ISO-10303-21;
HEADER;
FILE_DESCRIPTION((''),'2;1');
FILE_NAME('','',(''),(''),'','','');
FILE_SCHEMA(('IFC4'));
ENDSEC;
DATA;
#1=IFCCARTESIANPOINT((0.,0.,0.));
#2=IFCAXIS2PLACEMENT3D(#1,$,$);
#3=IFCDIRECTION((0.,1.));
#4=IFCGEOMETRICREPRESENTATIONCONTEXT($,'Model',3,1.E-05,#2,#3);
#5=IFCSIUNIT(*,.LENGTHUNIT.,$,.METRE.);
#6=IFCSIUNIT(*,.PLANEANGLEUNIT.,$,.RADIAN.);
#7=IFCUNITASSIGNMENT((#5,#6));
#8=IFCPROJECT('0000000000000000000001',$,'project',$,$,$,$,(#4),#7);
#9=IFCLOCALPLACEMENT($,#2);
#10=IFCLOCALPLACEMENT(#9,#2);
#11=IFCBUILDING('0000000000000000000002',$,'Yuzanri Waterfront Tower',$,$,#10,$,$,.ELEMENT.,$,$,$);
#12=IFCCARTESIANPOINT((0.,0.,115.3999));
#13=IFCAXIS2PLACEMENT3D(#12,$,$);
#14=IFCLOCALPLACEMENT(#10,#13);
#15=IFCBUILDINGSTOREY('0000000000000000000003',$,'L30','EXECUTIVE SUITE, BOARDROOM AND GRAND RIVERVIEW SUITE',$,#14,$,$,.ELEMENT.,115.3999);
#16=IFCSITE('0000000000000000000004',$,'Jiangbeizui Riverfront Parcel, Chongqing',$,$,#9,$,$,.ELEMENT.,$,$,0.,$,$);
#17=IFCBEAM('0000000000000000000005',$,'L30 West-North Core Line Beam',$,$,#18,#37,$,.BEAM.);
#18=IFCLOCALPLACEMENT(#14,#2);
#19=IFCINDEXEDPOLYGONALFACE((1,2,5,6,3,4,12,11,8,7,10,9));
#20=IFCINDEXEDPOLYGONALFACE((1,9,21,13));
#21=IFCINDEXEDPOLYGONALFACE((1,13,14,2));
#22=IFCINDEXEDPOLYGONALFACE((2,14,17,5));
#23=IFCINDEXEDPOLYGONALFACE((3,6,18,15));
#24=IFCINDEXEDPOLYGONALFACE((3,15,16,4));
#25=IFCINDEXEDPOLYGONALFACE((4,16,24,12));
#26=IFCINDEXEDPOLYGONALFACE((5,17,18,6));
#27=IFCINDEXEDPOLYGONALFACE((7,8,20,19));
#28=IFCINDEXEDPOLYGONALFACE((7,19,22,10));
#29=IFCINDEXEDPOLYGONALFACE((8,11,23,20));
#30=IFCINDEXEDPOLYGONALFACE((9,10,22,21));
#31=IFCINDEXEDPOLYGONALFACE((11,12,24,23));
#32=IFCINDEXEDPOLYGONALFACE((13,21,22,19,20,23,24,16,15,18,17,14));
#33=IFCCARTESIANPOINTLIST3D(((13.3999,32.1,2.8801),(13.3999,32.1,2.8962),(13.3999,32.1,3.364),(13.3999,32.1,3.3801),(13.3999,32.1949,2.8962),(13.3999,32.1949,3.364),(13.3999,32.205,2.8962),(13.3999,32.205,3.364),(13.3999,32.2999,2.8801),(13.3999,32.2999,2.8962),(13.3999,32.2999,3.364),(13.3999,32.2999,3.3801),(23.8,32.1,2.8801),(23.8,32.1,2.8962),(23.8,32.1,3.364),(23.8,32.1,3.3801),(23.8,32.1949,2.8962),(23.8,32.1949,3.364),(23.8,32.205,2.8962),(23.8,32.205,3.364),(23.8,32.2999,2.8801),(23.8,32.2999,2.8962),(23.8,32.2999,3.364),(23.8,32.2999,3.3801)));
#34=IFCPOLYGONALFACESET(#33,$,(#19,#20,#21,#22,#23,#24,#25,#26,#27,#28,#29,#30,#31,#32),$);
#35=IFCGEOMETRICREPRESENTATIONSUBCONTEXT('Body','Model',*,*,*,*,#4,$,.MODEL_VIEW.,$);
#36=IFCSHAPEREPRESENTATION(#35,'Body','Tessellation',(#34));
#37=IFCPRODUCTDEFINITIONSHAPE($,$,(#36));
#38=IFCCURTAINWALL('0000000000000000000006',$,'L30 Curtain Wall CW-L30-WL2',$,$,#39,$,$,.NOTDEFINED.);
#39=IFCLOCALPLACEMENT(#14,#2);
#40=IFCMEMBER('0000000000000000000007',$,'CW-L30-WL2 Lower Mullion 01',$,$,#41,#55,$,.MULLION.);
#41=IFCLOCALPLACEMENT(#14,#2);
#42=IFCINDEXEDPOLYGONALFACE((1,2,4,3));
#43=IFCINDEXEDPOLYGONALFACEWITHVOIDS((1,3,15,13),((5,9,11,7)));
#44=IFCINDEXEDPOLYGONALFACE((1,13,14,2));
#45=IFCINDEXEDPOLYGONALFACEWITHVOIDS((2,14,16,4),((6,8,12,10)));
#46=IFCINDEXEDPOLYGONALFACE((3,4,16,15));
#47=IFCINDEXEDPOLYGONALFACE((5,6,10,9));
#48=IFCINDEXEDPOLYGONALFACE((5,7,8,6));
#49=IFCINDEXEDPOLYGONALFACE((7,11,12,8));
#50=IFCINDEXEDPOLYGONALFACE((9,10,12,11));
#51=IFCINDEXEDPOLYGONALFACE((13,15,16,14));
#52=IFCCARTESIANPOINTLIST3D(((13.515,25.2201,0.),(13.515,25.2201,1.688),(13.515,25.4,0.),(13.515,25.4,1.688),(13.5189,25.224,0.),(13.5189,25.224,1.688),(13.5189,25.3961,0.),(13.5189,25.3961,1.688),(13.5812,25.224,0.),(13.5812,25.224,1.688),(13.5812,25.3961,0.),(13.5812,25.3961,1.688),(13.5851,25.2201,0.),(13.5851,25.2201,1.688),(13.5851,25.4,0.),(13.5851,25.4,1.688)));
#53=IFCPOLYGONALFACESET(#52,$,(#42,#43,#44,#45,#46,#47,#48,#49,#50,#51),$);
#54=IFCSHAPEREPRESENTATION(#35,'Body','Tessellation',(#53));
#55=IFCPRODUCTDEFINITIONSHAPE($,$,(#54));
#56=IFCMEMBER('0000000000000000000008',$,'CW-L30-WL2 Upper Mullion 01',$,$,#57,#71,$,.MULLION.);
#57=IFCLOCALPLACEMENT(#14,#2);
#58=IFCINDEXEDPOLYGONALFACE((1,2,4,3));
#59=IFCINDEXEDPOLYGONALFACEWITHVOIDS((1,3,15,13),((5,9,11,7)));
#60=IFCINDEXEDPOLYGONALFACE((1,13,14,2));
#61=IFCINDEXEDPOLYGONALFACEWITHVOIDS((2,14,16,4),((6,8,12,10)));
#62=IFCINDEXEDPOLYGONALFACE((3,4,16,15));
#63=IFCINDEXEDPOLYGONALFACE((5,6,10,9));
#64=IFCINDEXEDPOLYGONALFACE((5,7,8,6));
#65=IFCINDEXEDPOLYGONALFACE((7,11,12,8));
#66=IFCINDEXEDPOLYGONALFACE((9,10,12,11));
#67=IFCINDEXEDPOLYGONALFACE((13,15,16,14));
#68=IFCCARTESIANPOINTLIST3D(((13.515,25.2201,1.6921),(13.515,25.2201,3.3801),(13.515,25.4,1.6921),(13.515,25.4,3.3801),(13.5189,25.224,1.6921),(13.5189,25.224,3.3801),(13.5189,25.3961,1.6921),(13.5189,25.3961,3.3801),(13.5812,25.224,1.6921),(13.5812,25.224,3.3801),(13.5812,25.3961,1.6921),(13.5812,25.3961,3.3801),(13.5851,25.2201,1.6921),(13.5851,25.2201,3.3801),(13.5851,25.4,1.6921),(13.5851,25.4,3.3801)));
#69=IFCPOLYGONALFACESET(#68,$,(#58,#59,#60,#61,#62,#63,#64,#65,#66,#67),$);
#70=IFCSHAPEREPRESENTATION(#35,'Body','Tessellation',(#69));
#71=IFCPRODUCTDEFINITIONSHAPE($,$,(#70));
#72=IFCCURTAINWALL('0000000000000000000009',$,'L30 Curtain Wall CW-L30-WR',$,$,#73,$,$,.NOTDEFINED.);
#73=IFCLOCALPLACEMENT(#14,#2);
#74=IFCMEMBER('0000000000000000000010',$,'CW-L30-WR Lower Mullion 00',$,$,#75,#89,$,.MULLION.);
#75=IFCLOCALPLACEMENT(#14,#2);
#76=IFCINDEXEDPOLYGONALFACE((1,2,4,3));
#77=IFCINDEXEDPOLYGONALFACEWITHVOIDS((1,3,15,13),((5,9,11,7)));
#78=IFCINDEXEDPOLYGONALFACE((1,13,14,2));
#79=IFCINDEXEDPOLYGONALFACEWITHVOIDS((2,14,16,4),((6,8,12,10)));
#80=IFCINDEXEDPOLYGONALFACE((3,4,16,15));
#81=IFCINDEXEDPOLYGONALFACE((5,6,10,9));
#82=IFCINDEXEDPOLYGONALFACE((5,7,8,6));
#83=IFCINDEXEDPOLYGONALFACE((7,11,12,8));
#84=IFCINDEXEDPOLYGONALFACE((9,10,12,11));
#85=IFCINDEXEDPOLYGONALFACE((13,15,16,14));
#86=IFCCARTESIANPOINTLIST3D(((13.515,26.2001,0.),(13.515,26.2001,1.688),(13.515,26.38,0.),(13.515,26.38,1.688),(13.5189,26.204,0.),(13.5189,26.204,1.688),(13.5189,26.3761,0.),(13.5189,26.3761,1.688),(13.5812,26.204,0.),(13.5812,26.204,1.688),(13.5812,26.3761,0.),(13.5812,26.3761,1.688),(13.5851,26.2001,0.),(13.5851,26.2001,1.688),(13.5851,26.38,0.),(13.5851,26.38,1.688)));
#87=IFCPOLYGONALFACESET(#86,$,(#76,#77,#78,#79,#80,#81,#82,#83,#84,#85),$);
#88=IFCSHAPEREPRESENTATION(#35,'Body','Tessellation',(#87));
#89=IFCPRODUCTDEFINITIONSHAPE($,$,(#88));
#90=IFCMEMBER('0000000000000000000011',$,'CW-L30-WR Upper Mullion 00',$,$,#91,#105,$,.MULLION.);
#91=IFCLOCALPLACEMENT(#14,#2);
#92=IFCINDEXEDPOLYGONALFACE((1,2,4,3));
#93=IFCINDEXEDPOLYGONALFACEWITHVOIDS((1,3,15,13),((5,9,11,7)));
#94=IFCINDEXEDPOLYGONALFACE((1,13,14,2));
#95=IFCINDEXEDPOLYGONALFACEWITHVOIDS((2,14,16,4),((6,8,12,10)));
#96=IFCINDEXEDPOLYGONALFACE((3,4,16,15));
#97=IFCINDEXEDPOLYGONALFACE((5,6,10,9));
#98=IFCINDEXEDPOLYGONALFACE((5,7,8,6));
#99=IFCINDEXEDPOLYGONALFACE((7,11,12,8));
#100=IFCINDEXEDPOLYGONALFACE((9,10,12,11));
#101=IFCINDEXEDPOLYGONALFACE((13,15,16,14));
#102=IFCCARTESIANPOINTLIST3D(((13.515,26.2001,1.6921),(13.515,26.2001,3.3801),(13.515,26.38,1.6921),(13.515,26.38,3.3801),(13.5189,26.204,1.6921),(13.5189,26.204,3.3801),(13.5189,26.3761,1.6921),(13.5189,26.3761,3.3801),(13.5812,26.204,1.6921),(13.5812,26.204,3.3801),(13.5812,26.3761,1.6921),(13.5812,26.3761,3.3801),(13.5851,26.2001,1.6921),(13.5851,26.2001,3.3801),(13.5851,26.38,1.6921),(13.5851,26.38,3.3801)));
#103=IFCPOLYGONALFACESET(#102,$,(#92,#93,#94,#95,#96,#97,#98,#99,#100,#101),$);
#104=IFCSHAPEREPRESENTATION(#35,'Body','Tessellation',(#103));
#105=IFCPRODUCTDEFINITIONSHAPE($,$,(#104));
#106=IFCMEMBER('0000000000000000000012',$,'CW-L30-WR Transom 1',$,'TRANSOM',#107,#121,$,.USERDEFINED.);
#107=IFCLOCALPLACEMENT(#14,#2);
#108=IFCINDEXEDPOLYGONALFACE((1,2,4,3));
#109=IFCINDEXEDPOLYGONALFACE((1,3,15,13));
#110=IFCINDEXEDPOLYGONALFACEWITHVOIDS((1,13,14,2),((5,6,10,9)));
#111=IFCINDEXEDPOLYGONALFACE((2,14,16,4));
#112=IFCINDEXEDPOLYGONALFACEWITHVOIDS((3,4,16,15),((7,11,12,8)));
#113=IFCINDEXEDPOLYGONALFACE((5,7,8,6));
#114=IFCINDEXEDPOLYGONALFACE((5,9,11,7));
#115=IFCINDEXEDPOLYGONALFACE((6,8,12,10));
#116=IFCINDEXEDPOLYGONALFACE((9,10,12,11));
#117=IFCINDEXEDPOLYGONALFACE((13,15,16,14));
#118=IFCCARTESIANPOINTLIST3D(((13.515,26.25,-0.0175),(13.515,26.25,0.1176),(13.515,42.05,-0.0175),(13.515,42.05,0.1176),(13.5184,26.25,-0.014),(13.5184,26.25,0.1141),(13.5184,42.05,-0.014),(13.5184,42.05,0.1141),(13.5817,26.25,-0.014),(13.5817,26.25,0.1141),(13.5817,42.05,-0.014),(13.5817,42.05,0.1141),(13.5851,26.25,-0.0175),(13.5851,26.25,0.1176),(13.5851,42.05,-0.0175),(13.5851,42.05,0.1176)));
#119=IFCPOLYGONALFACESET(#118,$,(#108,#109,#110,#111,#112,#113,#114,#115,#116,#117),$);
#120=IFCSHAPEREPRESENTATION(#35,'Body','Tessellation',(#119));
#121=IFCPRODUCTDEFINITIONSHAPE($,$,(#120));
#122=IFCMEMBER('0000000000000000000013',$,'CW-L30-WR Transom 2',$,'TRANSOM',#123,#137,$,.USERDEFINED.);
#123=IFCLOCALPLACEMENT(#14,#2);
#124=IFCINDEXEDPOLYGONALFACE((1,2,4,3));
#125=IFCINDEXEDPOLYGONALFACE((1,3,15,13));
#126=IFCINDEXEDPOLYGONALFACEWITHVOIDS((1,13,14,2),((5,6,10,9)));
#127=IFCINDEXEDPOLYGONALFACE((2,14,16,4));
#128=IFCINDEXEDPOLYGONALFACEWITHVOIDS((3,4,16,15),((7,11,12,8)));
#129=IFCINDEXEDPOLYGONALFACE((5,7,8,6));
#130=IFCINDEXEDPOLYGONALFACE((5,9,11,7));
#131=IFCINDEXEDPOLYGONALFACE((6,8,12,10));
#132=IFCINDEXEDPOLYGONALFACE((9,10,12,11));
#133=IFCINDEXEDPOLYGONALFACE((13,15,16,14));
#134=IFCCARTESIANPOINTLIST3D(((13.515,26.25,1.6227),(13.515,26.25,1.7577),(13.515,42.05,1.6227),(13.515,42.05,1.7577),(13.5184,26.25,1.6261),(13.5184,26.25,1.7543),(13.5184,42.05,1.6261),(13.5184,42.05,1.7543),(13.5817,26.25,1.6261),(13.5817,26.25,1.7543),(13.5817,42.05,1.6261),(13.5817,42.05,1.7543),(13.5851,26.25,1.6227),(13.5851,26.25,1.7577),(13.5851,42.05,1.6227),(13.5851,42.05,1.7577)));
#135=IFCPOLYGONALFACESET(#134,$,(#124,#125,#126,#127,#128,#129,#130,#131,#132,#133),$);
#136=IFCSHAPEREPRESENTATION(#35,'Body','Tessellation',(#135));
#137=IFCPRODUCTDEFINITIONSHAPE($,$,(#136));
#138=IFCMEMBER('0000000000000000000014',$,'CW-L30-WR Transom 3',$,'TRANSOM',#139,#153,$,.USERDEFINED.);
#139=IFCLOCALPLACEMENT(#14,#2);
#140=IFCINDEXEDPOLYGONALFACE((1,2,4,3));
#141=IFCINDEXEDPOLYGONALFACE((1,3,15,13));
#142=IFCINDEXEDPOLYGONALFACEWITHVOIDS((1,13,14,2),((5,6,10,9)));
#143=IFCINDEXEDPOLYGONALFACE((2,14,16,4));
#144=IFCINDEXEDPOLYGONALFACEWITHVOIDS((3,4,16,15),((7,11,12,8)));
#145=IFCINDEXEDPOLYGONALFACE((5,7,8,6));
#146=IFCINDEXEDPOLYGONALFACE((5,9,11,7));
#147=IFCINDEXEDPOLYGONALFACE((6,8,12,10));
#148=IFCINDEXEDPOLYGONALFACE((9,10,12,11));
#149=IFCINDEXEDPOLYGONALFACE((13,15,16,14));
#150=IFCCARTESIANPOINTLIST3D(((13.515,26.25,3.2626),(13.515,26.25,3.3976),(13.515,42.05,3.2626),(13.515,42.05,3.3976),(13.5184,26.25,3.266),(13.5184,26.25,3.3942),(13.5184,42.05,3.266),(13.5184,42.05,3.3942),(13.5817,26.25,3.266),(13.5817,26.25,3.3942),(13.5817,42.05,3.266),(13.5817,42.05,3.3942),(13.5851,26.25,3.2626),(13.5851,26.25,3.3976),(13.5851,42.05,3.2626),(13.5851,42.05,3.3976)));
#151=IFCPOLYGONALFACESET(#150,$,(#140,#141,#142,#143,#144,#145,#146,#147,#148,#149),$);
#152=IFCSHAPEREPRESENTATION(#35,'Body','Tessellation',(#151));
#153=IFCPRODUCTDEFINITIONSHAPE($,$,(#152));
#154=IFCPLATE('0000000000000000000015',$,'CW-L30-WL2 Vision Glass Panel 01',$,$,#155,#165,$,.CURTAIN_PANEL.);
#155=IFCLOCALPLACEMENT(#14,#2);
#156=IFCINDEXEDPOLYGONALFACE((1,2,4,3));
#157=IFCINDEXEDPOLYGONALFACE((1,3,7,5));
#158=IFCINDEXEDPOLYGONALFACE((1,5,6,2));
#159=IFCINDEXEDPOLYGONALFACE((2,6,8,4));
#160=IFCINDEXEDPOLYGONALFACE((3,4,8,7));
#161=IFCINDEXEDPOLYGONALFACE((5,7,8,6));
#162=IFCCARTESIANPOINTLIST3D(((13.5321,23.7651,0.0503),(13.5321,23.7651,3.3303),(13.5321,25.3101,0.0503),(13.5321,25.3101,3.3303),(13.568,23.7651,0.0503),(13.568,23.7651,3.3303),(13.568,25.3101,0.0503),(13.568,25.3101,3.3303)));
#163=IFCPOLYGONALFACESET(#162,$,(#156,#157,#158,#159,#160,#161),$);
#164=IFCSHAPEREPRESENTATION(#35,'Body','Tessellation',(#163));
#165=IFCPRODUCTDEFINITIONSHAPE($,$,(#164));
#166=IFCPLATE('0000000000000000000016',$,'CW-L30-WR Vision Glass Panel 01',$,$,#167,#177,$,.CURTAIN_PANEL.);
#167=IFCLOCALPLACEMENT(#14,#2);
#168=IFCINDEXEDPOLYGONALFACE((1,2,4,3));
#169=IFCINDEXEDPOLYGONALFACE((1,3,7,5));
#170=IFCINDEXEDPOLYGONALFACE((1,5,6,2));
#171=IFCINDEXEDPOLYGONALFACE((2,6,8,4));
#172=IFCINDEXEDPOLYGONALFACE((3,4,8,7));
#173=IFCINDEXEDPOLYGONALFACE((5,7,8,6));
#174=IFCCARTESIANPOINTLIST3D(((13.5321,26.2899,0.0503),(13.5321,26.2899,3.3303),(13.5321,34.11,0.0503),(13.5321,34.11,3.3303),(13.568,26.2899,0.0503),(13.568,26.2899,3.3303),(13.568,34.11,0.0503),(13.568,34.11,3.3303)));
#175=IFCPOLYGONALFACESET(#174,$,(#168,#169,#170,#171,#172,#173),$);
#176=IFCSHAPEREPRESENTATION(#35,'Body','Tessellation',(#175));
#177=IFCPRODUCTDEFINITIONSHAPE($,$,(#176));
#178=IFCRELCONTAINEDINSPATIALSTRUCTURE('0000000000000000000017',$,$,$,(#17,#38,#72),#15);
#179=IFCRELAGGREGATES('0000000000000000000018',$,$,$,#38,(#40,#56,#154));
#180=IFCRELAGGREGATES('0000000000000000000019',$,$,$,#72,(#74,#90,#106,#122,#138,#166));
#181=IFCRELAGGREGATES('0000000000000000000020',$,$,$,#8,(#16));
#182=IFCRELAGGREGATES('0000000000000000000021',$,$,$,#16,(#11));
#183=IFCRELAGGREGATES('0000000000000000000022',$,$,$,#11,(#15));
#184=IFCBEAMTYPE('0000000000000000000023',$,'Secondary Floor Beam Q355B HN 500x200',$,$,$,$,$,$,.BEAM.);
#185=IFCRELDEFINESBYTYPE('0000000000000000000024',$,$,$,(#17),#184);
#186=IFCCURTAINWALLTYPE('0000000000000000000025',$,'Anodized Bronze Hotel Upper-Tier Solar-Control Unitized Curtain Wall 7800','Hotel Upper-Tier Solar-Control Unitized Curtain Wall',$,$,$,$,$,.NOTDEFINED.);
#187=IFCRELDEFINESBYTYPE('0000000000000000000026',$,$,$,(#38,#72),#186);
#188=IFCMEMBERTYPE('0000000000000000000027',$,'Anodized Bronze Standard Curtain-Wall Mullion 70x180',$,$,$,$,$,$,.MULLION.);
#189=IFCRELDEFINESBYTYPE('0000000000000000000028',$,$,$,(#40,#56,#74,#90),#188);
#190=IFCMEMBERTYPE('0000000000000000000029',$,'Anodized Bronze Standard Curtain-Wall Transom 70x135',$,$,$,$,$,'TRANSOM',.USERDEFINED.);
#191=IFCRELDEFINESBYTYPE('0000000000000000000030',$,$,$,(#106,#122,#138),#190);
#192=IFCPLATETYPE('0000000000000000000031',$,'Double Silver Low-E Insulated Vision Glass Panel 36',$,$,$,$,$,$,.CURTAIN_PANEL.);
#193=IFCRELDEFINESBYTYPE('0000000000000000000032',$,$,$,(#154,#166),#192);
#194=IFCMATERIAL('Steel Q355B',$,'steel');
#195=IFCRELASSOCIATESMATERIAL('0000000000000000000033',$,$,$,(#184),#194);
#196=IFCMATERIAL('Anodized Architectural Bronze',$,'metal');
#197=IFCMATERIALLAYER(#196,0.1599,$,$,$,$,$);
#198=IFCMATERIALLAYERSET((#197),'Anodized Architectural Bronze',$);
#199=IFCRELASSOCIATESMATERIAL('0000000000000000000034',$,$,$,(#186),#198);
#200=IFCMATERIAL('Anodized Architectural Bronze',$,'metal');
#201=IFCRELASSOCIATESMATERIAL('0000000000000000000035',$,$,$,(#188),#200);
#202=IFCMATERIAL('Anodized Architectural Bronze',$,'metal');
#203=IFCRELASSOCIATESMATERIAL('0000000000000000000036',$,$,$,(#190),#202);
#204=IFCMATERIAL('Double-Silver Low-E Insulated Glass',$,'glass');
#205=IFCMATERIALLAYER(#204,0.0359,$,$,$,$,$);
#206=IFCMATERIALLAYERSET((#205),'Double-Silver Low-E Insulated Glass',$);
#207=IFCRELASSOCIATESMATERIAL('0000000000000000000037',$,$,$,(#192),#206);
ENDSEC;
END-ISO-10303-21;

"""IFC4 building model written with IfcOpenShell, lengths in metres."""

from ifc_helpers import new_model, si_unit, direction, frame, origin, origin_2d, place, context, subcontext, project, spatial, rectangle, hollow_rectangle, i_section, extrude, source, transform, mapped, material, layer, layer_set, material_profile, profile_set, type_object, element, aggregate, save


model = new_model("IFC4")

# Units and contexts
model_context = context("Model", 3, precision=1e-05, world=origin(), true_north=direction((0.0, 1.0)))
body_context = subcontext(model_context, "Body", "Model", "MODEL_VIEW")
ifc_project = project(units=[si_unit("LENGTHUNIT", "METRE"), si_unit("PLANEANGLEUNIT", "RADIAN")], contexts=[model_context])

# Site, building, storey
site_placement = place(None, origin())
site = spatial("IfcSite", under=ifc_project, at=site_placement, Name="Jiangbeizui Riverfront Parcel, Chongqing", CompositionType="ELEMENT", RefElevation=0.0)
building_placement = place(site_placement, origin())
building = spatial("IfcBuilding", under=site, at=building_placement, Name="Yuzanri Waterfront Tower", CompositionType="ELEMENT")
storey_placement = place(building_placement, frame((0.0, 0.0, 115.3999)))
storey = spatial("IfcBuildingStorey", under=building, at=storey_placement, Name="L30", Description="EXECUTIVE SUITE, BOARDROOM AND GRAND RIVERVIEW SUITE", CompositionType="ELEMENT", Elevation=115.3999)

# Beam
ifc_material_1 = material(Name="Steel Q355B", Category="steel")
ifc_material_profile_1 = material_profile(ifc_material_1, i_section(OverallWidth=0.2, OverallDepth=0.5, WebThickness=0.01, FlangeThickness=0.0161, at=origin_2d()), Name="HN 500x200x10x16")
ifc_profile_set_1 = profile_set([ifc_material_profile_1], Name="Steel Q355B")
beam_type_1 = type_object("IfcBeamType", Name="Secondary Floor Beam Q355B HN 500x200", PredefinedType="BEAM", material=ifc_profile_set_1)
shared_shape_1 = source(origin(), body_context, "Body", "SweptSolid", [
    extrude(i_section(OverallWidth=0.2, OverallDepth=0.5, WebThickness=0.01, FlangeThickness=0.0161, at=origin_2d()), origin(), (0.0, 0.0, 1.0), 10.4001),
])
beam_1_placement = place(storey_placement, frame((23.8, 32.2, 3.1301), z_axis=(-1.0, 0.0, 0.0), x_axis=(0.0, -1.0, 0.0)))
element("IfcBeam", 1, at=beam_1_placement, inside=storey, type_object=beam_type_1, Name="L30 West-North Core Line Beam", PredefinedType="BEAM", context=body_context, shape_type="MappedRepresentation", body=[
    mapped(shared_shape_1, transform((0.0, 0.0, 0.0), scale=1.0)),
])

# Curtain walls, members
ifc_material_2 = material(Name="Anodized Architectural Bronze", Category="metal")
ifc_layer_1 = layer(ifc_material_2, 0.1599)
ifc_layer_set_1 = layer_set([ifc_layer_1], Name="Anodized Architectural Bronze")
curtain_wall_type = type_object("IfcCurtainWallType", Name="Anodized Bronze Hotel Upper-Tier Solar-Control Unitized Curtain Wall 7800", Description="Hotel Upper-Tier Solar-Control Unitized Curtain Wall", PredefinedType="NOTDEFINED", material=ifc_layer_set_1)
curtain_wall_1_placement = place(storey_placement, origin())
curtain_wall_1 = element("IfcCurtainWall", 2, at=curtain_wall_1_placement, inside=storey, type_object=curtain_wall_type, Name="L30 Curtain Wall CW-L30-WL2", PredefinedType="NOTDEFINED")
ifc_material_3 = material(Name="Anodized Architectural Bronze", Category="metal")
ifc_material_profile_2 = material_profile(ifc_material_3, hollow_rectangle(XDim=0.0701, YDim=0.1799, WallThickness=0.0039, at=origin_2d()), Name="CWM 70x180")
ifc_profile_set_2 = profile_set([ifc_material_profile_2], Name="Anodized Architectural Bronze")
member_type_1 = type_object("IfcMemberType", Name="Anodized Bronze Standard Curtain-Wall Mullion 70x180", PredefinedType="MULLION", material=ifc_profile_set_2)
shared_shape_2 = source(origin(), body_context, "Body", "SweptSolid", [
    extrude(hollow_rectangle(XDim=0.0701, YDim=0.1799, WallThickness=0.0039, at=origin_2d()), origin(), (0.0, 0.0, 1.0), 1.688),
])
member_1_placement = place(storey_placement, frame((13.55, 25.3101, 0.0), z_axis=(0.0, 0.0, 1.0), x_axis=(1.0, 0.0, 0.0)))
member_1 = element("IfcMember", 3, at=member_1_placement, type_object=member_type_1, Name="CW-L30-WL2 Lower Mullion 01", PredefinedType="MULLION", context=body_context, shape_type="MappedRepresentation", body=[
    mapped(shared_shape_2, transform((0.0, 0.0, 0.0), scale=1.0)),
])
member_2_placement = place(storey_placement, frame((13.55, 25.3101, 1.6921), z_axis=(0.0, 0.0, 1.0), x_axis=(1.0, 0.0, 0.0)))
member_2 = element("IfcMember", 4, at=member_2_placement, type_object=member_type_1, Name="CW-L30-WL2 Upper Mullion 01", PredefinedType="MULLION", context=body_context, shape_type="MappedRepresentation", body=[
    mapped(shared_shape_2, transform((0.0, 0.0, 0.0), scale=1.0)),
])
curtain_wall_2_placement = place(storey_placement, origin())
curtain_wall_2 = element("IfcCurtainWall", 5, at=curtain_wall_2_placement, inside=storey, type_object=curtain_wall_type, Name="L30 Curtain Wall CW-L30-WR", PredefinedType="NOTDEFINED")
member_3_placement = place(storey_placement, frame((13.55, 26.29, 0.0), z_axis=(0.0, 0.0, 1.0), x_axis=(1.0, 0.0, 0.0)))
member_3 = element("IfcMember", 6, at=member_3_placement, type_object=member_type_1, Name="CW-L30-WR Lower Mullion 00", PredefinedType="MULLION", context=body_context, shape_type="MappedRepresentation", body=[
    mapped(shared_shape_2, transform((0.0, 0.0, 0.0), scale=1.0)),
])
member_4_placement = place(storey_placement, frame((13.55, 26.29, 1.6921), z_axis=(0.0, 0.0, 1.0), x_axis=(1.0, 0.0, 0.0)))
member_4 = element("IfcMember", 7, at=member_4_placement, type_object=member_type_1, Name="CW-L30-WR Upper Mullion 00", PredefinedType="MULLION", context=body_context, shape_type="MappedRepresentation", body=[
    mapped(shared_shape_2, transform((0.0, 0.0, 0.0), scale=1.0)),
])
ifc_material_4 = material(Name="Anodized Architectural Bronze", Category="metal")
ifc_material_profile_3 = material_profile(ifc_material_4, hollow_rectangle(XDim=0.0701, YDim=0.135, WallThickness=0.0034, at=origin_2d()), Name="CWT 70x135")
ifc_profile_set_3 = profile_set([ifc_material_profile_3], Name="Anodized Architectural Bronze")
member_type_2 = type_object("IfcMemberType", Name="Anodized Bronze Standard Curtain-Wall Transom 70x135", ElementType="TRANSOM", PredefinedType="USERDEFINED", material=ifc_profile_set_3)
shared_shape_3 = source(origin(), body_context, "Body", "SweptSolid", [
    extrude(hollow_rectangle(XDim=0.0701, YDim=0.135, WallThickness=0.0034, at=origin_2d()), origin(), (0.0, 0.0, 1.0), 15.8),
])
member_5_placement = place(storey_placement, frame((13.55, 26.25, 0.05), z_axis=(0.0, 1.0, 0.0), x_axis=(-1.0, 0.0, 0.0)))
member_5 = element("IfcMember", 8, at=member_5_placement, type_object=member_type_2, Name="CW-L30-WR Transom 1", ObjectType="TRANSOM", PredefinedType="USERDEFINED", context=body_context, shape_type="MappedRepresentation", body=[
    mapped(shared_shape_3, transform((0.0, 0.0, 0.0), scale=1.0)),
])
member_6_placement = place(storey_placement, frame((13.55, 26.25, 1.6902), z_axis=(0.0, 1.0, 0.0), x_axis=(-1.0, 0.0, 0.0)))
member_6 = element("IfcMember", 9, at=member_6_placement, type_object=member_type_2, Name="CW-L30-WR Transom 2", ObjectType="TRANSOM", PredefinedType="USERDEFINED", context=body_context, shape_type="MappedRepresentation", body=[
    mapped(shared_shape_3, transform((0.0, 0.0, 0.0), scale=1.0)),
])
member_7_placement = place(storey_placement, frame((13.55, 26.25, 3.3301), z_axis=(0.0, 1.0, 0.0), x_axis=(-1.0, 0.0, 0.0)))
member_7 = element("IfcMember", 10, at=member_7_placement, type_object=member_type_2, Name="CW-L30-WR Transom 3", ObjectType="TRANSOM", PredefinedType="USERDEFINED", context=body_context, shape_type="MappedRepresentation", body=[
    mapped(shared_shape_3, transform((0.0, 0.0, 0.0), scale=1.0)),
])

# Plates
ifc_material_5 = material(Name="Double-Silver Low-E Insulated Glass", Category="glass")
ifc_layer_2 = layer(ifc_material_5, 0.0359)
ifc_layer_set_2 = layer_set([ifc_layer_2], Name="Double-Silver Low-E Insulated Glass")
plate_type = type_object("IfcPlateType", Name="Double Silver Low-E Insulated Vision Glass Panel 36", PredefinedType="CURTAIN_PANEL", material=ifc_layer_set_2)
shared_shape_4 = source(origin(), body_context, "Body", "SweptSolid", [
    extrude(rectangle(XDim=1.5449, YDim=0.0359, at=origin_2d()), origin(), (0.0, 0.0, 1.0), 3.28),
])
plate_1_placement = place(storey_placement, frame((13.55, 24.5376, 0.0503), z_axis=(0.0, 0.0, 1.0), x_axis=(0.0, 1.0, 0.0)))
plate_1 = element("IfcPlate", 11, at=plate_1_placement, type_object=plate_type, Name="CW-L30-WL2 Vision Glass Panel 01", PredefinedType="CURTAIN_PANEL", context=body_context, shape_type="MappedRepresentation", body=[
    mapped(shared_shape_4, transform((0.0, 0.0, 0.0), scale=1.0)),
])
aggregate(curtain_wall_1, [member_1, member_2, plate_1])
shared_shape_5 = source(origin(), body_context, "Body", "SweptSolid", [
    extrude(rectangle(XDim=7.8201, YDim=0.0359, at=origin_2d()), origin(), (0.0, 0.0, 1.0), 3.28),
])
plate_2_placement = place(storey_placement, frame((13.55, 30.2, 0.0503), z_axis=(0.0, 0.0, 1.0), x_axis=(0.0, 1.0, 0.0)))
plate_2 = element("IfcPlate", 12, at=plate_2_placement, type_object=plate_type, Name="CW-L30-WR Vision Glass Panel 01", PredefinedType="CURTAIN_PANEL", context=body_context, shape_type="MappedRepresentation", body=[
    mapped(shared_shape_5, transform((0.0, 0.0, 0.0), scale=1.0)),
])
aggregate(curtain_wall_2, [member_3, member_4, member_5, member_6, member_7, plate_2])

save(model, "model.ifc")
